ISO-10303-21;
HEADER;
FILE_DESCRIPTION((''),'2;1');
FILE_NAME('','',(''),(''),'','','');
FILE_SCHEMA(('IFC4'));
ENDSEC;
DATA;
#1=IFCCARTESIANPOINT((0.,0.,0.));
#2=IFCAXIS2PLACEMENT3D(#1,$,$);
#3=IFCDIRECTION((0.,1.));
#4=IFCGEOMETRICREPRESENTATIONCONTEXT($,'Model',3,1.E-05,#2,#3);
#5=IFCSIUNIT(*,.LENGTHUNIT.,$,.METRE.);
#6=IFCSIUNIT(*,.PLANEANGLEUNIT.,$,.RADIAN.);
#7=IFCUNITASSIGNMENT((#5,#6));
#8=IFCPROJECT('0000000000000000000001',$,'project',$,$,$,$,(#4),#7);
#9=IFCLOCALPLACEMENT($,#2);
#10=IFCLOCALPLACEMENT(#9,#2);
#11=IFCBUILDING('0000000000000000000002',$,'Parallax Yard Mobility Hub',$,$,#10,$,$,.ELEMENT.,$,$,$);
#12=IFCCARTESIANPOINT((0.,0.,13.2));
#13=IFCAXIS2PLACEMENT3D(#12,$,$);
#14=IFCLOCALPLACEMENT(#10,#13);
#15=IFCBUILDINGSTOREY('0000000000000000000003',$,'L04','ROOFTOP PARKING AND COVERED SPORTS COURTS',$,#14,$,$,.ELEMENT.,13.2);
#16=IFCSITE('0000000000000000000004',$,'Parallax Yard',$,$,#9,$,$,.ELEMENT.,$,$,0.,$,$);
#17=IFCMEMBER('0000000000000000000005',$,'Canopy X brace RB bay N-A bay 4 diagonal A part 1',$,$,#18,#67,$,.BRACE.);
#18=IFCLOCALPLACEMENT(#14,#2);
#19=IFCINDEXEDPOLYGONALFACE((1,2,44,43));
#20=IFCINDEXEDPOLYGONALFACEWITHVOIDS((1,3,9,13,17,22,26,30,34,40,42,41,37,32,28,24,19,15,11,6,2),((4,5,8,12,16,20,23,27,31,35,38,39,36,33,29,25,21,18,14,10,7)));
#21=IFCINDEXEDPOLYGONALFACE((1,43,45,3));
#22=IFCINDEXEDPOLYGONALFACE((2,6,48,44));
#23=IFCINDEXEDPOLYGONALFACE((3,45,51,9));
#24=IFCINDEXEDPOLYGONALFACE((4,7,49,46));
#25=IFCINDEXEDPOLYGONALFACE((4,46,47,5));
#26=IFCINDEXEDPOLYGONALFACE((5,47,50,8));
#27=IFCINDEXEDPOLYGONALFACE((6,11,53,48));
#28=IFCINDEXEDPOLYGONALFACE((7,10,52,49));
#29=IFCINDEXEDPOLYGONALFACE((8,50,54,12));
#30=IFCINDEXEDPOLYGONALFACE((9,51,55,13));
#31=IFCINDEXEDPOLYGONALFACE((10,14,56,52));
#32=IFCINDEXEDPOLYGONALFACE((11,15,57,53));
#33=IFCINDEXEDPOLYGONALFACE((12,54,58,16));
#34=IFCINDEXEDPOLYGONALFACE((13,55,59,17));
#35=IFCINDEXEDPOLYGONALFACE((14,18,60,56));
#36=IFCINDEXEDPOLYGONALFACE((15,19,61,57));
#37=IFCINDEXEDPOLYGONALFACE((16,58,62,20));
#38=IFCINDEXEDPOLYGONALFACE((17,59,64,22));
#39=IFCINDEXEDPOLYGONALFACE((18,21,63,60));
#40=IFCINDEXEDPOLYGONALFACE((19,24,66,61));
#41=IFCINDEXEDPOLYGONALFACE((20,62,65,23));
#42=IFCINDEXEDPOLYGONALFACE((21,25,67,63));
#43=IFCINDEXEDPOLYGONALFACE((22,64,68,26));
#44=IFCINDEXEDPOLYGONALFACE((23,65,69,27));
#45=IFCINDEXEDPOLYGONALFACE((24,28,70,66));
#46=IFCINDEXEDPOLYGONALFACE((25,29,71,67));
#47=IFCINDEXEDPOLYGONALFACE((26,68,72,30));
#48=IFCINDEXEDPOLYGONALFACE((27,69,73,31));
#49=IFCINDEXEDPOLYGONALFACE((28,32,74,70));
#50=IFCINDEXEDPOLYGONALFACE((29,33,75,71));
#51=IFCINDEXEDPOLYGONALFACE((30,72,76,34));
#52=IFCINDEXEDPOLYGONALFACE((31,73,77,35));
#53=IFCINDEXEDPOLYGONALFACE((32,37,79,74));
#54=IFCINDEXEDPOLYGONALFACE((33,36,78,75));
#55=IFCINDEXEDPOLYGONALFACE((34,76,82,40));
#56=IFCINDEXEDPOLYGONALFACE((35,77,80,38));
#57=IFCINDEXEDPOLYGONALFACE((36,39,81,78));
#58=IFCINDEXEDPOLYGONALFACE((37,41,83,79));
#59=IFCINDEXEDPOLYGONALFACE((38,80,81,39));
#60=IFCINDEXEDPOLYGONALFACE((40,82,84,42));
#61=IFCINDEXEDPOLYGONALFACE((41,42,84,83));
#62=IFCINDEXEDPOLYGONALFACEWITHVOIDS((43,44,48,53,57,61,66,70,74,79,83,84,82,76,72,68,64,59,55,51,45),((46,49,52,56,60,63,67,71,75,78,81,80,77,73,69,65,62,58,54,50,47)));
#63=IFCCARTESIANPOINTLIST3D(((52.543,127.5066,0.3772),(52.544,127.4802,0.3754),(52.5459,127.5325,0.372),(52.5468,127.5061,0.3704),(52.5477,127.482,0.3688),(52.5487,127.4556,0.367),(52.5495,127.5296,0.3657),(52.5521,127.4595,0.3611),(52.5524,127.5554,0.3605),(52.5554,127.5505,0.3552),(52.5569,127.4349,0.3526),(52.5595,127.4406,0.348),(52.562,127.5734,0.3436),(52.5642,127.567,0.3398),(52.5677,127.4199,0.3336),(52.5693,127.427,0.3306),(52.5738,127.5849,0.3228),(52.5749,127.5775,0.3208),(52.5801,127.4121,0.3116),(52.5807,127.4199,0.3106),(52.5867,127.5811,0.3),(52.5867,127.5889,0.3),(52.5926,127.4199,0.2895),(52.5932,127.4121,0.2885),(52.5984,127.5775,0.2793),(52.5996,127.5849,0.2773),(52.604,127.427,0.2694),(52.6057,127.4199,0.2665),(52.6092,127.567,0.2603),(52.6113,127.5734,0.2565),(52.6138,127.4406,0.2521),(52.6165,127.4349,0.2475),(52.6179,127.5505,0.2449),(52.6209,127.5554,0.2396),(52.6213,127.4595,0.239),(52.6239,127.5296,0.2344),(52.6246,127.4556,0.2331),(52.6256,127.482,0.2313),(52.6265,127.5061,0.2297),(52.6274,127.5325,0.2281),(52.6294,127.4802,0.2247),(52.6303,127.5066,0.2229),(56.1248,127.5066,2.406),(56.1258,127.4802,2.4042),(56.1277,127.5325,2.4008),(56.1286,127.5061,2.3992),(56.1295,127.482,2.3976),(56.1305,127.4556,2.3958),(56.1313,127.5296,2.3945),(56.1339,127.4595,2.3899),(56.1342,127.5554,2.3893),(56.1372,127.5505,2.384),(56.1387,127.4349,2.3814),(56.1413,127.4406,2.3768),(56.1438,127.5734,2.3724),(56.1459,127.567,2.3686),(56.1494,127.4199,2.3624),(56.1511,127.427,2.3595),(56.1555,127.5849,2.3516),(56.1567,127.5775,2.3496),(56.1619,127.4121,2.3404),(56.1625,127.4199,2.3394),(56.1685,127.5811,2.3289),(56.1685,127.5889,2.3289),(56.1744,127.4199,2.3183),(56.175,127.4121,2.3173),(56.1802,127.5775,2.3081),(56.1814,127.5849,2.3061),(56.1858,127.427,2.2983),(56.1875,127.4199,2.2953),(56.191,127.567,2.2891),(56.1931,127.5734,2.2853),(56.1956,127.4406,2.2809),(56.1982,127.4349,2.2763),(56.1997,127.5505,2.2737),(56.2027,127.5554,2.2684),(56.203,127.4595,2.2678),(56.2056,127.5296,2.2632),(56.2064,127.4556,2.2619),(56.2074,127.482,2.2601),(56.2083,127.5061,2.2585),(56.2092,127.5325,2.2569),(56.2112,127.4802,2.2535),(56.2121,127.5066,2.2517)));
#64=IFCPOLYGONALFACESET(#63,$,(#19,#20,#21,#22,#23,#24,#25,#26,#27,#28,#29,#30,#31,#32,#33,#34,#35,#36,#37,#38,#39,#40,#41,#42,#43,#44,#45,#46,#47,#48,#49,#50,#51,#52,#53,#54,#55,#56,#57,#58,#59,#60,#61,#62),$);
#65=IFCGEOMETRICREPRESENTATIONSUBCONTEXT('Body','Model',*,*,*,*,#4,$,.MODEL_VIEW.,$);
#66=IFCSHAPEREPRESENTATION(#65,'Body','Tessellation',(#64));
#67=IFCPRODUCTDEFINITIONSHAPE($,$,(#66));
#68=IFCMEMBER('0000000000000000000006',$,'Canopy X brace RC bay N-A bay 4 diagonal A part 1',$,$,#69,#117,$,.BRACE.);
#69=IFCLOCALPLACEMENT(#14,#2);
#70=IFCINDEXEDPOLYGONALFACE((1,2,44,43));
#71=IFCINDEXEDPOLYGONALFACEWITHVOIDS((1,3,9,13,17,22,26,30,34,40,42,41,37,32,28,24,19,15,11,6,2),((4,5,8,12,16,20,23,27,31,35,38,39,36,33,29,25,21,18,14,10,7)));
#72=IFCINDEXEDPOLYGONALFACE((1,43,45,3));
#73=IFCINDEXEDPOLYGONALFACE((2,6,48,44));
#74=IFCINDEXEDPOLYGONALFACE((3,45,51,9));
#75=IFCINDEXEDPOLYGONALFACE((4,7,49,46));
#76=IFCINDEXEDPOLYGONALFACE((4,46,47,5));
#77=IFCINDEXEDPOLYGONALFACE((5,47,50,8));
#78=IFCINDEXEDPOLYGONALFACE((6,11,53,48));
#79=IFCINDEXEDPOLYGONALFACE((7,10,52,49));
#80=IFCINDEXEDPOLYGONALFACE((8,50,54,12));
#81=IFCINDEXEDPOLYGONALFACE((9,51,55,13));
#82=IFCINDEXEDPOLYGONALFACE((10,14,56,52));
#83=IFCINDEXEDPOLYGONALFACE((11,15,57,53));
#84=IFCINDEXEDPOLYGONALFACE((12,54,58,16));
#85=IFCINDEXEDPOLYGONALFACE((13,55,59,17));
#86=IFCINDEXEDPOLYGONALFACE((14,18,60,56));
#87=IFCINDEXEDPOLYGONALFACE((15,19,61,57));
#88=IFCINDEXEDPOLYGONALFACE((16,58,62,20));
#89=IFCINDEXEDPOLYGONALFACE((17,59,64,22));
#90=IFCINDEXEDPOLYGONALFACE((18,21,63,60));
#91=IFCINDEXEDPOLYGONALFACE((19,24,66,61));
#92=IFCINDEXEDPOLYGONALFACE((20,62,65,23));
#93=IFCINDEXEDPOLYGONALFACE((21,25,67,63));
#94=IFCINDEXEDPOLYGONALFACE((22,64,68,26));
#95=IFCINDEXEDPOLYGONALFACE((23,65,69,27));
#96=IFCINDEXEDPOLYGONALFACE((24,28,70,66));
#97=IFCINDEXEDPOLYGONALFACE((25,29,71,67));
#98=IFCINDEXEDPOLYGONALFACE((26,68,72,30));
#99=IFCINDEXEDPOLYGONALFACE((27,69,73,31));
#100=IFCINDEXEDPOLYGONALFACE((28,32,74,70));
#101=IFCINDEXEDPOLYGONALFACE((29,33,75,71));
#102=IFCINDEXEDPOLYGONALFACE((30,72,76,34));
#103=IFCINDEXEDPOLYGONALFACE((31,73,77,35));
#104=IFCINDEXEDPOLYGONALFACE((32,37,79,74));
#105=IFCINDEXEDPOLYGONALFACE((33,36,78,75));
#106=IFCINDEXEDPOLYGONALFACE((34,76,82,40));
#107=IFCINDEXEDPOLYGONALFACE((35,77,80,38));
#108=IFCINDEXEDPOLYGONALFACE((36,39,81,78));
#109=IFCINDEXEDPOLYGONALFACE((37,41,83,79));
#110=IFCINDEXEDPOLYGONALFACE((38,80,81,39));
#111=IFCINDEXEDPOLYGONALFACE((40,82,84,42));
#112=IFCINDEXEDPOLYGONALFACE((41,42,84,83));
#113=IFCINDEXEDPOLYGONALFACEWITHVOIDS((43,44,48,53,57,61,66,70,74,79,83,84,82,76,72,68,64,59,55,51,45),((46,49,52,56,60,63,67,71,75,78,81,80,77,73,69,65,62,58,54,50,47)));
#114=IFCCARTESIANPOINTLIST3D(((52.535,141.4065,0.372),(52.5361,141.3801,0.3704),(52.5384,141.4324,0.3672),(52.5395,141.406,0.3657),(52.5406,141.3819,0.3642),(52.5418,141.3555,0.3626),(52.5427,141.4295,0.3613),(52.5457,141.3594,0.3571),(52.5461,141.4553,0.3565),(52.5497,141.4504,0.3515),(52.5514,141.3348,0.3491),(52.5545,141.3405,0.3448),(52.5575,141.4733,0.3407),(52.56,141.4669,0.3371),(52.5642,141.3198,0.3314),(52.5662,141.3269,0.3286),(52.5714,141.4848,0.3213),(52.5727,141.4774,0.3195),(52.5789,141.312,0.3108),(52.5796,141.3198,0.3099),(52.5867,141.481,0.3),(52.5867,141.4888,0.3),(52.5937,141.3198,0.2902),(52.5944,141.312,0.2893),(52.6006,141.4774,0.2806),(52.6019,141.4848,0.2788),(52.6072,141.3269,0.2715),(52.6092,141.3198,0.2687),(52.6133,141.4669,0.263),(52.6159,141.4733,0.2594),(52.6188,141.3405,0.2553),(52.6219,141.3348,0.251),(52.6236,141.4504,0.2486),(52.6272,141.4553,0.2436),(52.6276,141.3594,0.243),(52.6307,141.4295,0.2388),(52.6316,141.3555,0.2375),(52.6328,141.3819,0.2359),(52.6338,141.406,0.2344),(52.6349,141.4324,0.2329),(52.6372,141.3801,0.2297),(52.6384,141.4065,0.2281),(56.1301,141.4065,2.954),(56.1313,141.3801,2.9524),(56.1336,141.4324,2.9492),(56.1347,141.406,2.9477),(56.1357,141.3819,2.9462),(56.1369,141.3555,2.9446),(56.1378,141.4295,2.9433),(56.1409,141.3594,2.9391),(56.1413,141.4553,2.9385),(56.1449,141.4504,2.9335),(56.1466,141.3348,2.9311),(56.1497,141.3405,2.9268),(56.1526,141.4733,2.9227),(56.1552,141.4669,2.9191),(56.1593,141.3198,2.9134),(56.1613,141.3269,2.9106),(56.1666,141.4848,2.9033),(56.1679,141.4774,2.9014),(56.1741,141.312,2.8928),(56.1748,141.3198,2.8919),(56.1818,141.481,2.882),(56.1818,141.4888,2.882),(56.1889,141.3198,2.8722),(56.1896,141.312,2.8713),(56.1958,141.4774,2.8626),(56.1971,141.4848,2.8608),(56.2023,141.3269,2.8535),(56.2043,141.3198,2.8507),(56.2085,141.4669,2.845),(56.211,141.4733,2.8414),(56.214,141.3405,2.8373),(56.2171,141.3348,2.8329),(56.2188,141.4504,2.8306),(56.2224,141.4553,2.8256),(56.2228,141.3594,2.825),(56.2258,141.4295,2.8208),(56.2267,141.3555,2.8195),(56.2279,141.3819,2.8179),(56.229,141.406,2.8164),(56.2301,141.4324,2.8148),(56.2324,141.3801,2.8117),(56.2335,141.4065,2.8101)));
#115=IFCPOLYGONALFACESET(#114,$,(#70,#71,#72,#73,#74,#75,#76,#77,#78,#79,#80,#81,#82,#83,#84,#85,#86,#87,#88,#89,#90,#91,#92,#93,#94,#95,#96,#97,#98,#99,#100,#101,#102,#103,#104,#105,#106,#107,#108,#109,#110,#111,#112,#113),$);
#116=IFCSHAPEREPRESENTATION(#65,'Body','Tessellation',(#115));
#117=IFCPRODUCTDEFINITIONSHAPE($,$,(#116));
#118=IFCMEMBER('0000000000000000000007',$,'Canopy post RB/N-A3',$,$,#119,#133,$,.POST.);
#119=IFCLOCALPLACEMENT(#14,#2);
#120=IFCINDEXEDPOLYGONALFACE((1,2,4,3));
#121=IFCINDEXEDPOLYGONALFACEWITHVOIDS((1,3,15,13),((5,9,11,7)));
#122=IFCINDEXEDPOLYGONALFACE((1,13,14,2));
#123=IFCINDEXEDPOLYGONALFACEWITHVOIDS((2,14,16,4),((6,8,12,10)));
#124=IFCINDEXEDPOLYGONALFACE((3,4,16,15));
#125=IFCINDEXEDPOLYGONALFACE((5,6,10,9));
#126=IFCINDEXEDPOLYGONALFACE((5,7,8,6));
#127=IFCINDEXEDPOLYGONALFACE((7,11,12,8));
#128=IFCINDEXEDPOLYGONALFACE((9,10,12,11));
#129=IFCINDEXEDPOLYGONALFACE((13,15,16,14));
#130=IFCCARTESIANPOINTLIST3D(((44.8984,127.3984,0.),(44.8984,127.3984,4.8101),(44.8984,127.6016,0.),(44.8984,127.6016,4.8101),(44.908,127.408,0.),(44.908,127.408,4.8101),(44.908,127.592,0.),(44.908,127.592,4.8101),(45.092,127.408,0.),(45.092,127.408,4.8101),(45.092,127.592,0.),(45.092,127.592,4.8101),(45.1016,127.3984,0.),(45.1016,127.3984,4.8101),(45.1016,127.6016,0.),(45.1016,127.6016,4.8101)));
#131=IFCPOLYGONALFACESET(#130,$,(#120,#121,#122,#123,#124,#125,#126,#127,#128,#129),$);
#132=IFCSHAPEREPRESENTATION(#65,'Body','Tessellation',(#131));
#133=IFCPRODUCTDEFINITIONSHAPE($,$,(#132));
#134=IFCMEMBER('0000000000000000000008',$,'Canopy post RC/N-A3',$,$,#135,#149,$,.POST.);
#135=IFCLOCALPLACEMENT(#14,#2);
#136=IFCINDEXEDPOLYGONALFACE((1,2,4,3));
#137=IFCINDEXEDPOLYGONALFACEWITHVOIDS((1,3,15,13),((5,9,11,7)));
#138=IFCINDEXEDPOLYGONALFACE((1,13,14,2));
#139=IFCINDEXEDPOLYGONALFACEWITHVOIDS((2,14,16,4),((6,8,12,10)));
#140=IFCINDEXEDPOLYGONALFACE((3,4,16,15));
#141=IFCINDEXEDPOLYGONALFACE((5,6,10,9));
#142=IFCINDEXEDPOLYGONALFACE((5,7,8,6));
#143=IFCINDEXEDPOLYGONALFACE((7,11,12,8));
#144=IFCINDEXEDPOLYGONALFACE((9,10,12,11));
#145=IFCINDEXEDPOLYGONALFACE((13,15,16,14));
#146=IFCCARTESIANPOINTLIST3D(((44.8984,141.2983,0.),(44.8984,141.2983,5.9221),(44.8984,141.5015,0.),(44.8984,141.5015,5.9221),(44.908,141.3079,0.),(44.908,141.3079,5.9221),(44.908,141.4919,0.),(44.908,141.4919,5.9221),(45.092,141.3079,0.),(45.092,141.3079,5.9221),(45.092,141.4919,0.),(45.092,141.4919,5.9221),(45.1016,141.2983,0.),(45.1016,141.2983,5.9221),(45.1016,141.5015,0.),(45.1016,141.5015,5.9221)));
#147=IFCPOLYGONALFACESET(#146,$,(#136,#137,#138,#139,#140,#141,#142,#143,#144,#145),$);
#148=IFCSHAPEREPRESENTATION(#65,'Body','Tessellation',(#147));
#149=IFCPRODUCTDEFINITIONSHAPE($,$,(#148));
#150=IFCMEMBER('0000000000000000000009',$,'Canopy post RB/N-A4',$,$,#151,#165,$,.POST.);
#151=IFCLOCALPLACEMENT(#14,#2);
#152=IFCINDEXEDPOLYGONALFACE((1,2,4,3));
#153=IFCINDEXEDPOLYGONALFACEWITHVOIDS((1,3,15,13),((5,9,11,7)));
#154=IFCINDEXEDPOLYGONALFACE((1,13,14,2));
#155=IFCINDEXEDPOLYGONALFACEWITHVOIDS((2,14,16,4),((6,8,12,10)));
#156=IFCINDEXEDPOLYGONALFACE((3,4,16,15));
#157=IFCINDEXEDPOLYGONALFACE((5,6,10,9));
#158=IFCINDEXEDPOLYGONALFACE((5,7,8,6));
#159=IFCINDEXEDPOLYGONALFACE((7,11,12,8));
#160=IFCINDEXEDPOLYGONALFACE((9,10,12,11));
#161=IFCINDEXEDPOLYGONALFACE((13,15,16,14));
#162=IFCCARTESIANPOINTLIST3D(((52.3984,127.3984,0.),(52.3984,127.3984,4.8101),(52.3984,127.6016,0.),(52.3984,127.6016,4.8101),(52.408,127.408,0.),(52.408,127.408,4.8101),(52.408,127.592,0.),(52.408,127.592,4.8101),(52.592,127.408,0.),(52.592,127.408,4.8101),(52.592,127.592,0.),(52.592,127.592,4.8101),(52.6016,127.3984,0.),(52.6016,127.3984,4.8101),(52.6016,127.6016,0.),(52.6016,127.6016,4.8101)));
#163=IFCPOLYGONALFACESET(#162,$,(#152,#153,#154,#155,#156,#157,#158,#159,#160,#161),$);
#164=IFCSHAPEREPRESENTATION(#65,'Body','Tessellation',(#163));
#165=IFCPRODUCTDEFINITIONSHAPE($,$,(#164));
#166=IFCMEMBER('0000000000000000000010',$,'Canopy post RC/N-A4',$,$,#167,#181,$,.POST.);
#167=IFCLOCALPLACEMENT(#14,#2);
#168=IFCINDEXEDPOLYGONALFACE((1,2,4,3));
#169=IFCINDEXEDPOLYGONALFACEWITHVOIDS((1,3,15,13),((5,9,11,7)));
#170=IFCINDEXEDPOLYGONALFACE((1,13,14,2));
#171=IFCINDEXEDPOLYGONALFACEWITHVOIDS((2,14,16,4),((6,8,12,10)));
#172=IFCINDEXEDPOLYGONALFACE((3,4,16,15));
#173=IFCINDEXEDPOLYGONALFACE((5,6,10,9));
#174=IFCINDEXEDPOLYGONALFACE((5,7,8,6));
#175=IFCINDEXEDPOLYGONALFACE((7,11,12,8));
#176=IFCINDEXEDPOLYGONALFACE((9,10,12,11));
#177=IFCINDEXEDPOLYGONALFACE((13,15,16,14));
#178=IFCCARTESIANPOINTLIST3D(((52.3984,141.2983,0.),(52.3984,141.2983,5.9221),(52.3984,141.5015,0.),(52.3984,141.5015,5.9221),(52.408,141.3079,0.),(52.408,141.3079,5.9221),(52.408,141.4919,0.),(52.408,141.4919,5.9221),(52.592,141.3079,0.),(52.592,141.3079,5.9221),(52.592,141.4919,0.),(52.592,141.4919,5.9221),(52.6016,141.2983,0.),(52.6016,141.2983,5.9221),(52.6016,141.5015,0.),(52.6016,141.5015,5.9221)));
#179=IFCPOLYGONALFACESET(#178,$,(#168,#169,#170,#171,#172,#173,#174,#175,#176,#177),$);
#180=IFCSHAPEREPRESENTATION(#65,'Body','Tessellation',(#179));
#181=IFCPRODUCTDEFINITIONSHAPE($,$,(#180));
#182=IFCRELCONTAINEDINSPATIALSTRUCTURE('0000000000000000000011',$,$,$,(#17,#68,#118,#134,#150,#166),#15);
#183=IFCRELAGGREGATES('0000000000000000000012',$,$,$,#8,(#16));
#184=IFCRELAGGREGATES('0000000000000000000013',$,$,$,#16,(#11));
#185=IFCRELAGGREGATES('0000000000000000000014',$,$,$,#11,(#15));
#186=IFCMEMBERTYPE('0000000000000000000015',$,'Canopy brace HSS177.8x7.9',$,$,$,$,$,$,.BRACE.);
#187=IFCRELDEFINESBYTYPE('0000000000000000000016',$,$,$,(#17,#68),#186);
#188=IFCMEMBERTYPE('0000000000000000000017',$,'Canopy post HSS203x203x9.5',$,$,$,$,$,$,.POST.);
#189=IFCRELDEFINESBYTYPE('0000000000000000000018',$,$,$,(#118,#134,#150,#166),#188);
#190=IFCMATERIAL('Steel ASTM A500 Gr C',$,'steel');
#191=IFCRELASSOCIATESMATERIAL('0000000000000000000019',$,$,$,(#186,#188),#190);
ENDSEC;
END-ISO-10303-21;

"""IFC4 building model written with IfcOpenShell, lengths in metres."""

from ifc_helpers import new_model, si_unit, direction, frame, origin, origin_2d, place, context, subcontext, project, spatial, hollow_rectangle, hollow_circle, extrude, material, material_profile, profile_set, type_object, element, save


model = new_model("IFC4")

# Units and contexts
model_context = context("Model", 3, precision=1e-05, world=origin(), true_north=direction((0.0, 1.0)))
body_context = subcontext(model_context, "Body", "Model", "MODEL_VIEW")
ifc_project = project(units=[si_unit("LENGTHUNIT", "METRE"), si_unit("PLANEANGLEUNIT", "RADIAN")], contexts=[model_context])

# Site, building, storey
site_placement = place(None, origin())
site = spatial("IfcSite", under=ifc_project, at=site_placement, Name="Parallax Yard", CompositionType="ELEMENT", RefElevation=0.0)
building_placement = place(site_placement, origin())
building = spatial("IfcBuilding", under=site, at=building_placement, Name="Parallax Yard Mobility Hub", CompositionType="ELEMENT")
storey_placement = place(building_placement, frame((0.0, 0.0, 13.2)))
storey = spatial("IfcBuildingStorey", under=building, at=storey_placement, Name="L04", Description="ROOFTOP PARKING AND COVERED SPORTS COURTS", CompositionType="ELEMENT", Elevation=13.2)

# Members
ifc_material_1 = material(Name="Steel ASTM A500 Gr C", Category="steel")
ifc_material_profile_1 = material_profile(ifc_material_1, hollow_circle(Radius=0.0889, WallThickness=0.0078, at=origin_2d()), Name="HSS177.8x7.9")
ifc_profile_set_1 = profile_set([ifc_material_profile_1], Name="Steel ASTM A500 Gr C")
member_type_1 = type_object("IfcMemberType", Name="Canopy brace HSS177.8x7.9", PredefinedType="BRACE", material=ifc_profile_set_1)
member_1_placement = place(storey_placement, frame((52.5867, 127.5, 0.3), z_axis=(0.870113, 0.0, 0.492852), x_axis=(0.0, 1.0, 0.0)))
element("IfcMember", 1, at=member_1_placement, inside=storey, type_object=member_type_1, Name="Canopy X brace RB bay N-A bay 4 diagonal A part 1", PredefinedType="BRACE", context=body_context, shape_type="SweptSolid", body=[
    extrude(hollow_circle(Radius=0.0889, WallThickness=0.0078, at=origin_2d()), origin(), (0.0, 0.0, 1.0), 4.1165),
])
member_2_placement = place(storey_placement, frame((52.5867, 141.3999, 0.3), z_axis=(0.812233, 0.0, 0.583334), x_axis=(0.0, 1.0, 0.0)))
element("IfcMember", 2, at=member_2_placement, inside=storey, type_object=member_type_1, Name="Canopy X brace RC bay N-A bay 4 diagonal A part 1", PredefinedType="BRACE", context=body_context, shape_type="SweptSolid", body=[
    extrude(hollow_circle(Radius=0.0889, WallThickness=0.0078, at=origin_2d()), origin(), (0.0, 0.0, 1.0), 4.4263),
])
ifc_material_profile_2 = material_profile(ifc_material_1, hollow_rectangle(XDim=0.2031, YDim=0.2031, WallThickness=0.0095, at=origin_2d()), Name="HSS203x203x9.5")
ifc_profile_set_2 = profile_set([ifc_material_profile_2], Name="Steel ASTM A500 Gr C")
member_type_2 = type_object("IfcMemberType", Name="Canopy post HSS203x203x9.5", PredefinedType="POST", material=ifc_profile_set_2)
member_3_placement = place(storey_placement, frame((45.0, 127.5, 0.0), z_axis=(0.0, 0.0, 1.0), x_axis=(1.0, 0.0, 0.0)))
element("IfcMember", 3, at=member_3_placement, inside=storey, type_object=member_type_2, Name="Canopy post RB/N-A3", PredefinedType="POST", context=body_context, shape_type="SweptSolid", body=[
    extrude(hollow_rectangle(XDim=0.2031, YDim=0.2031, WallThickness=0.0095, at=origin_2d()), origin(), (0.0, 0.0, 1.0), 4.8101),
])
member_4_placement = place(storey_placement, frame((45.0, 141.3999, 0.0), z_axis=(0.0, 0.0, 1.0), x_axis=(1.0, 0.0, 0.0)))
element("IfcMember", 4, at=member_4_placement, inside=storey, type_object=member_type_2, Name="Canopy post RC/N-A3", PredefinedType="POST", context=body_context, shape_type="SweptSolid", body=[
    extrude(hollow_rectangle(XDim=0.2031, YDim=0.2031, WallThickness=0.0095, at=origin_2d()), origin(), (0.0, 0.0, 1.0), 5.9221),
])
member_5_placement = place(storey_placement, frame((52.5, 127.5, 0.0), z_axis=(0.0, 0.0, 1.0), x_axis=(1.0, 0.0, 0.0)))
element("IfcMember", 5, at=member_5_placement, inside=storey, type_object=member_type_2, Name="Canopy post RB/N-A4", PredefinedType="POST", context=body_context, shape_type="SweptSolid", body=[
    extrude(hollow_rectangle(XDim=0.2031, YDim=0.2031, WallThickness=0.0095, at=origin_2d()), origin(), (0.0, 0.0, 1.0), 4.8101),
])
member_6_placement = place(storey_placement, frame((52.5, 141.3999, 0.0), z_axis=(0.0, 0.0, 1.0), x_axis=(1.0, 0.0, 0.0)))
element("IfcMember", 6, at=member_6_placement, inside=storey, type_object=member_type_2, Name="Canopy post RC/N-A4", PredefinedType="POST", context=body_context, shape_type="SweptSolid", body=[
    extrude(hollow_rectangle(XDim=0.2031, YDim=0.2031, WallThickness=0.0095, at=origin_2d()), origin(), (0.0, 0.0, 1.0), 5.9221),
])

save(model, "model.ifc")
